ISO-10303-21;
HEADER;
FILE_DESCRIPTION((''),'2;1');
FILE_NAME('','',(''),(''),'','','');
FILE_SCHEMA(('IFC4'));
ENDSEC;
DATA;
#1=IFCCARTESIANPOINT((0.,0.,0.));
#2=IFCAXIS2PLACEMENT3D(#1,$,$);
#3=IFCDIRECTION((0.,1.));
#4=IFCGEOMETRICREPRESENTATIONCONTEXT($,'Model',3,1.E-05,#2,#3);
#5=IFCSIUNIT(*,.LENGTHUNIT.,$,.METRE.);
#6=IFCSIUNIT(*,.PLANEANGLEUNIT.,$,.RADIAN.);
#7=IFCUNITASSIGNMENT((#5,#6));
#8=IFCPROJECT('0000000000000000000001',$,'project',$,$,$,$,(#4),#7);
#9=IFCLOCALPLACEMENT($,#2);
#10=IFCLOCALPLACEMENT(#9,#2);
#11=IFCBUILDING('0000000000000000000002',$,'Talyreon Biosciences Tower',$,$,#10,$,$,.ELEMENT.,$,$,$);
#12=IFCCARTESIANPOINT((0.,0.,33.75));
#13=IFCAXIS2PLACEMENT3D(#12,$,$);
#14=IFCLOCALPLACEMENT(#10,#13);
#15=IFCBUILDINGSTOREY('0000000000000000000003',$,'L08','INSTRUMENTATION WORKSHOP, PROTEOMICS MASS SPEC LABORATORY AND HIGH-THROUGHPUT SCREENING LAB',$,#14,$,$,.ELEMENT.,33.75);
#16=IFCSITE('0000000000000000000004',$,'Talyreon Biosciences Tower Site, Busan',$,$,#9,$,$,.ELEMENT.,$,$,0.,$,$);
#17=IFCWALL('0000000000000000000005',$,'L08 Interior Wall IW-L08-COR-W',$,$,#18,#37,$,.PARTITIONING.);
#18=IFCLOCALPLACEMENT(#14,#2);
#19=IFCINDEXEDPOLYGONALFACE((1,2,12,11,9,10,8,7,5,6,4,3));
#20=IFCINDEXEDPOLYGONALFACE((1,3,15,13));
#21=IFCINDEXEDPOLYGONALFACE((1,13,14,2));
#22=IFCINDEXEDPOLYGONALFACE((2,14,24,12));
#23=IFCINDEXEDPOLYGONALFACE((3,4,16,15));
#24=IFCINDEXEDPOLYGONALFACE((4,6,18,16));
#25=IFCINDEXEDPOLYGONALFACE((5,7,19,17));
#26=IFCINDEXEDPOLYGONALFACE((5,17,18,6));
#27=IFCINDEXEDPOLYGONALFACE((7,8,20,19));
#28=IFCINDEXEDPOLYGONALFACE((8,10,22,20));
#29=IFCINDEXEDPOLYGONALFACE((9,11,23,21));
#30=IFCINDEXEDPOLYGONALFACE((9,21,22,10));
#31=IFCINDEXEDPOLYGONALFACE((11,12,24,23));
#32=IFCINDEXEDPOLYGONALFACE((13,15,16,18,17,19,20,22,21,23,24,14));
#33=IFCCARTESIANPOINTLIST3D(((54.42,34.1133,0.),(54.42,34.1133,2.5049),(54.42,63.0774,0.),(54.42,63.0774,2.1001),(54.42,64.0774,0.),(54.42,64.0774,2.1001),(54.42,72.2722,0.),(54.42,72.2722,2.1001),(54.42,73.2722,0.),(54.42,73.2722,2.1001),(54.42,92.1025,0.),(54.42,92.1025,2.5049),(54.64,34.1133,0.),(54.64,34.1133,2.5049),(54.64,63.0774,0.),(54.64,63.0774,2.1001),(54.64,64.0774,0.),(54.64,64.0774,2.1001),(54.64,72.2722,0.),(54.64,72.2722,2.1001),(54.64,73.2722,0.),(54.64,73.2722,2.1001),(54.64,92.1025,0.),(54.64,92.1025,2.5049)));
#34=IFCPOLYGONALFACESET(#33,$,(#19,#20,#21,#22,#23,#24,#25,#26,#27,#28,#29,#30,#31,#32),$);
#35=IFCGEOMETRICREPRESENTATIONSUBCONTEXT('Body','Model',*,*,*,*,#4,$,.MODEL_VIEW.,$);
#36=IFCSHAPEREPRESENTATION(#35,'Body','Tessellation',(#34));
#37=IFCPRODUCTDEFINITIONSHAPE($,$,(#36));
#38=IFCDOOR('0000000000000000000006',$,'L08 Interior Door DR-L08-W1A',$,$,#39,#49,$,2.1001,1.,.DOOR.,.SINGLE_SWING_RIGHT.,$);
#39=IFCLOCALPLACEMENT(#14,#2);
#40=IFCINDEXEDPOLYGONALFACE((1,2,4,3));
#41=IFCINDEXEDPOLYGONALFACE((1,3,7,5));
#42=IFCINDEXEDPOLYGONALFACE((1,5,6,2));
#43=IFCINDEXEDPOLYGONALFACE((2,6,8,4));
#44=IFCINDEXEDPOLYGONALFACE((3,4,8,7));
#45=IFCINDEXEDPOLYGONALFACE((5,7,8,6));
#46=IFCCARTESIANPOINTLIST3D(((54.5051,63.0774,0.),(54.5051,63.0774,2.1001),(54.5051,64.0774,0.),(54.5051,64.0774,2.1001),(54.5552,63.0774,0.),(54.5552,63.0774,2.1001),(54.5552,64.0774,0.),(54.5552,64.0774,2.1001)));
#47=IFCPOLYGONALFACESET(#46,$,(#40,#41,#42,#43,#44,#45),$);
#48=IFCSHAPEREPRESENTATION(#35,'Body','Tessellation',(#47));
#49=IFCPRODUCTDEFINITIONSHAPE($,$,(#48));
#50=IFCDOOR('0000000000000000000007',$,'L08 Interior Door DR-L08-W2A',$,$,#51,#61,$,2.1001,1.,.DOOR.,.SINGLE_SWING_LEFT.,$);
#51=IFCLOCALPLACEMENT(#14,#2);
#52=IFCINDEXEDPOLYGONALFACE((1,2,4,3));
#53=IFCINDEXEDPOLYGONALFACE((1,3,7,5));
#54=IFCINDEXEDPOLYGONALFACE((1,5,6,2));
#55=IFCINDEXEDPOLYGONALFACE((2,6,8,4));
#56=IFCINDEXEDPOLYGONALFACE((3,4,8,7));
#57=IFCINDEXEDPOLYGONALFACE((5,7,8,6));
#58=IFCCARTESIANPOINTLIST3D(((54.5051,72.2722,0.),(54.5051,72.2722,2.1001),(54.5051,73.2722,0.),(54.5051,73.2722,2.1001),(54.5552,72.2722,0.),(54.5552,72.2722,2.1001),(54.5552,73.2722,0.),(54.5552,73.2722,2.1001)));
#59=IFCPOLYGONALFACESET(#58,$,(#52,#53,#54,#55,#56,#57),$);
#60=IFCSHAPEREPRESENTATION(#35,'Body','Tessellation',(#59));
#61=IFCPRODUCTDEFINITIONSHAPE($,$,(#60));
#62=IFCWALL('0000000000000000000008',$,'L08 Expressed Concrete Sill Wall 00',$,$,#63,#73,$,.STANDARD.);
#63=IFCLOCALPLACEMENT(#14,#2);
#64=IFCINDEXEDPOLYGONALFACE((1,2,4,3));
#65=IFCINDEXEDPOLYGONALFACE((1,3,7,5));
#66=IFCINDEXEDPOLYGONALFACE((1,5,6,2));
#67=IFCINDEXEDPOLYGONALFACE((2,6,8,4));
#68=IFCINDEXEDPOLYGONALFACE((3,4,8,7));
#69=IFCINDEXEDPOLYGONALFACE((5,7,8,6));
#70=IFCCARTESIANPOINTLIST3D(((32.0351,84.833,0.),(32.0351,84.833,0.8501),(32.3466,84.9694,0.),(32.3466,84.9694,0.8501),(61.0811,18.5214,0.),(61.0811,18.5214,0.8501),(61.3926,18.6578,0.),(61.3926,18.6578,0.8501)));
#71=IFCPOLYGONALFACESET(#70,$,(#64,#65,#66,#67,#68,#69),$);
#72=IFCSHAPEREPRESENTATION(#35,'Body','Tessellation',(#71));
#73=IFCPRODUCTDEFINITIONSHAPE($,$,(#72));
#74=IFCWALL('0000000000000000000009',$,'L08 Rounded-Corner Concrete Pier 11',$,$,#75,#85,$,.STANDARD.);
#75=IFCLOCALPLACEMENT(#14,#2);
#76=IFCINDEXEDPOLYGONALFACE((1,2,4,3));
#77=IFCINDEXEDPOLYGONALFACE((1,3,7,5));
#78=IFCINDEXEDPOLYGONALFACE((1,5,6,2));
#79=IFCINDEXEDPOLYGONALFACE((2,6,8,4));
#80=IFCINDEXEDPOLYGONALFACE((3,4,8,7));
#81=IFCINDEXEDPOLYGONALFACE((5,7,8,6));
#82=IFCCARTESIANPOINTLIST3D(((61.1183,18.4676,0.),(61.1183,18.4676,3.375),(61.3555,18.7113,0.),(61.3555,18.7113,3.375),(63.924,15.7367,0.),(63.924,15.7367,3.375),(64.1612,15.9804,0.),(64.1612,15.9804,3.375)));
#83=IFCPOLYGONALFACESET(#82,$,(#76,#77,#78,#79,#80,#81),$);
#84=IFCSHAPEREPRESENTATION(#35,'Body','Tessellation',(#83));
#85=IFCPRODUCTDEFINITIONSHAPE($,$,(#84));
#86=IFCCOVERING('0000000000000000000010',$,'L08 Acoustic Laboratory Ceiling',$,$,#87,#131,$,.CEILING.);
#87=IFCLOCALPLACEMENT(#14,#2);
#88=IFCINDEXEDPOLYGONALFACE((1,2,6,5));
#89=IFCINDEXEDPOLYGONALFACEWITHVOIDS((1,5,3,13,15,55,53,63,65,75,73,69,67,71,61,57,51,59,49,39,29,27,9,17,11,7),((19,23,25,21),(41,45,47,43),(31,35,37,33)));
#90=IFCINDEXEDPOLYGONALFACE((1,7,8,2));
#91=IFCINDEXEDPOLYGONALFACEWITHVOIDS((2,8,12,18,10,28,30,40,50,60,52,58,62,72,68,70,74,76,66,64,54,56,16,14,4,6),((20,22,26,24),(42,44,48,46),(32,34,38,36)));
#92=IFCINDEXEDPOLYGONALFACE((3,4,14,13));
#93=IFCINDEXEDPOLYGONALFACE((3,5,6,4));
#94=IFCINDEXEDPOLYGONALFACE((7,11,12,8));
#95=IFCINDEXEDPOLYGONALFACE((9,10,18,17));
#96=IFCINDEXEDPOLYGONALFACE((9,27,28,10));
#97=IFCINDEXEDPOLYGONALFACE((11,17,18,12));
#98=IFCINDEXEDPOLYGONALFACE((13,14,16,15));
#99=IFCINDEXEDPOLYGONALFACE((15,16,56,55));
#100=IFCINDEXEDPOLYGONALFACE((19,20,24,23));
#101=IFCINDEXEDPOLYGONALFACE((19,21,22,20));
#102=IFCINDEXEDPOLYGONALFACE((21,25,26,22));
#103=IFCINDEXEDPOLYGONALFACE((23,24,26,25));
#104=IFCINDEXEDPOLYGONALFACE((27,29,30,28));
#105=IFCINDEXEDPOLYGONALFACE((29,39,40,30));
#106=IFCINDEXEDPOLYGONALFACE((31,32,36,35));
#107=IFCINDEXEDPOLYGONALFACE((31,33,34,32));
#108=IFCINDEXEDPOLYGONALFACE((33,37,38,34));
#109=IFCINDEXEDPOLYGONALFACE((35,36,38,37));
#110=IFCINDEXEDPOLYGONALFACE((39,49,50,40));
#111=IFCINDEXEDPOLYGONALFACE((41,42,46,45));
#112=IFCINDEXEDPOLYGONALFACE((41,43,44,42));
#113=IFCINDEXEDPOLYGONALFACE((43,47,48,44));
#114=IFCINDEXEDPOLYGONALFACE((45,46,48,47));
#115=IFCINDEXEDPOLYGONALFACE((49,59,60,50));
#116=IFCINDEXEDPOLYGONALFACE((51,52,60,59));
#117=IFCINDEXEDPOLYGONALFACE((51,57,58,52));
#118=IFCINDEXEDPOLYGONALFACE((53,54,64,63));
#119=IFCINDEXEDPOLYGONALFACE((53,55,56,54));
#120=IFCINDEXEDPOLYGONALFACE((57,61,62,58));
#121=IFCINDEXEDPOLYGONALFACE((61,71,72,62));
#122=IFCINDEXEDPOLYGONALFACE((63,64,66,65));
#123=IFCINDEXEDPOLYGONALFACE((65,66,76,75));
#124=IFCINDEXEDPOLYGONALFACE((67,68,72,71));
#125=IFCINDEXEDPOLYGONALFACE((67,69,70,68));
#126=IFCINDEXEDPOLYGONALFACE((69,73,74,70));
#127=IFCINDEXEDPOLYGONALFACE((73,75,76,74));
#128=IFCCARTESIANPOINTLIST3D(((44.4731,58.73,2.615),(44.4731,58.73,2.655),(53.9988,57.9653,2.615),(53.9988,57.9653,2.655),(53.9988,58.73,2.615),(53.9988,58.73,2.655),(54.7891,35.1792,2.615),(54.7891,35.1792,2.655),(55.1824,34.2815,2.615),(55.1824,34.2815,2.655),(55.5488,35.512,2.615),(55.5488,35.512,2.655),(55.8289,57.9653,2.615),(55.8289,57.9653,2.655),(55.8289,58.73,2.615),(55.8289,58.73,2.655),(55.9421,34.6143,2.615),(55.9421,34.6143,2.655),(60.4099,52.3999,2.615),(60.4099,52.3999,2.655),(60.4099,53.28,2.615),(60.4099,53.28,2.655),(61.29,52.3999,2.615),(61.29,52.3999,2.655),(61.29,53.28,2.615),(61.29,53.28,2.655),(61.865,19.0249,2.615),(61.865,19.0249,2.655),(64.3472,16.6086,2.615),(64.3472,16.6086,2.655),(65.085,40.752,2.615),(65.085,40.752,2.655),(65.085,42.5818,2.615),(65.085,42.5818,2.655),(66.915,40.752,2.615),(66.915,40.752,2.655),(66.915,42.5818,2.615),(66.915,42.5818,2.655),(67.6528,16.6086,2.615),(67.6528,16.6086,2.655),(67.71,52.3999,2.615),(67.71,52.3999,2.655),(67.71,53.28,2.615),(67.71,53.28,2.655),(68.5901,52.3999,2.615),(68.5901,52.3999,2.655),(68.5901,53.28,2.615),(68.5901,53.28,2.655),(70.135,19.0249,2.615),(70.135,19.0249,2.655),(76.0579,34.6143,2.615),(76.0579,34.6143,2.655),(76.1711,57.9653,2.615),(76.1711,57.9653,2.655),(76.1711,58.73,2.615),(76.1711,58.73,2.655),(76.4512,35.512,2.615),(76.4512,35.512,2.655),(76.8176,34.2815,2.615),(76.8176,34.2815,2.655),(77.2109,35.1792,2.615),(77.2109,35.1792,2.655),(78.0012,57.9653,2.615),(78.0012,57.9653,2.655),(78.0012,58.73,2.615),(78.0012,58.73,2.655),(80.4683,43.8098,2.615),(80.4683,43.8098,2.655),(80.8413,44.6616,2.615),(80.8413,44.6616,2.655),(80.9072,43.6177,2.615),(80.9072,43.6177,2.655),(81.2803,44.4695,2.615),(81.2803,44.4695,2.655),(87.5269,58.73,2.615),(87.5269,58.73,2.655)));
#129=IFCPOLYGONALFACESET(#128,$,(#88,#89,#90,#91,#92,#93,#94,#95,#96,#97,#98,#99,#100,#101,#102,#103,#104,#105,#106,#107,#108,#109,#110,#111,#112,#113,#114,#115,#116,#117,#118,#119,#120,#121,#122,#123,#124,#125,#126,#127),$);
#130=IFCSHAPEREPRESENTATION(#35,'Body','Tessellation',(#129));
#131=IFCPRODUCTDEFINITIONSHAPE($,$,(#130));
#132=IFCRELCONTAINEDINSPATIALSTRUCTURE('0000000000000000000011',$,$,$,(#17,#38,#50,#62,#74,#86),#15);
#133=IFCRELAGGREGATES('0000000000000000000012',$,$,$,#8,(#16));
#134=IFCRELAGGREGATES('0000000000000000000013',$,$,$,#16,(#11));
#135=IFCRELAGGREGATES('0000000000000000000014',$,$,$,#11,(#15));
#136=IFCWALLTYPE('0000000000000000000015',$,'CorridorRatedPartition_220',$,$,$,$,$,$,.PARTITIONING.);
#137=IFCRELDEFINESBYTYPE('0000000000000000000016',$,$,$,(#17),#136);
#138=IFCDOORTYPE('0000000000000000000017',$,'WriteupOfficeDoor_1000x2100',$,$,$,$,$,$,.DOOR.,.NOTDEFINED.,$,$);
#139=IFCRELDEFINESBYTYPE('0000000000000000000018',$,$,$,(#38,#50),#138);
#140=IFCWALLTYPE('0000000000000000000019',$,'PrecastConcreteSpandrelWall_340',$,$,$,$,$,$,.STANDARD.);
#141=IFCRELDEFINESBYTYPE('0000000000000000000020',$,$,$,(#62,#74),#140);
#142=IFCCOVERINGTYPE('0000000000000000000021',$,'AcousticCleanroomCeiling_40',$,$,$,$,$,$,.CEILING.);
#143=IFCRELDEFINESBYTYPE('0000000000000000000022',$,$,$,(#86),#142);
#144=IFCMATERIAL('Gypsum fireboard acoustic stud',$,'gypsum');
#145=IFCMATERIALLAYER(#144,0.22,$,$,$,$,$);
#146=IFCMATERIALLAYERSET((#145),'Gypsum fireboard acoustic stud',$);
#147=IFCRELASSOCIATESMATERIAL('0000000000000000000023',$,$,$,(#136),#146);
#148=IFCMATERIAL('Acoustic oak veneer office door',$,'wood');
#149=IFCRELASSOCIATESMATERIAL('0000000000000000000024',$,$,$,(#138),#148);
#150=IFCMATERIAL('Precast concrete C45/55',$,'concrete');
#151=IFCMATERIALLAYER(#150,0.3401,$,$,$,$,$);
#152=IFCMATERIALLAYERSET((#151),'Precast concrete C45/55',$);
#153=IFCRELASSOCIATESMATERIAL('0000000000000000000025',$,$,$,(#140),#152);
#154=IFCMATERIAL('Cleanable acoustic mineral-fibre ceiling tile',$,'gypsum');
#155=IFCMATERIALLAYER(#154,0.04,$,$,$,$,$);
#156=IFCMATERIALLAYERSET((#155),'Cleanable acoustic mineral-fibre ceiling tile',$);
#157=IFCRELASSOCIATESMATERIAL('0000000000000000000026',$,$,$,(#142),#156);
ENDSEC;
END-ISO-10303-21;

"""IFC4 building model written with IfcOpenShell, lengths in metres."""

from ifc_helpers import new_model, si_unit, direction, frame, frame_2d, origin, place, context, subcontext, project, spatial, polyline, rectangle, outline, extrude, material, layer, layer_set, type_object, element, fill, save


model = new_model("IFC4")

# Units and contexts
model_context = context("Model", 3, precision=1e-05, world=origin(), true_north=direction((0.0, 1.0)))
body_context = subcontext(model_context, "Body", "Model", "MODEL_VIEW")
ifc_project = project(units=[si_unit("LENGTHUNIT", "METRE"), si_unit("PLANEANGLEUNIT", "RADIAN")], contexts=[model_context])

# Site, building, storey
site_placement = place(None, origin())
site = spatial("IfcSite", under=ifc_project, at=site_placement, Name="Talyreon Biosciences Tower Site, Busan", CompositionType="ELEMENT", RefElevation=0.0)
building_placement = place(site_placement, origin())
building = spatial("IfcBuilding", under=site, at=building_placement, Name="Talyreon Biosciences Tower", CompositionType="ELEMENT")
storey_placement = place(building_placement, frame((0.0, 0.0, 33.75)))
storey = spatial("IfcBuildingStorey", under=building, at=storey_placement, Name="L08", Description="INSTRUMENTATION WORKSHOP, PROTEOMICS MASS SPEC LABORATORY AND HIGH-THROUGHPUT SCREENING LAB", CompositionType="ELEMENT", Elevation=33.75)

# Shared definitions
ifc_material_1 = material(Name="Precast concrete C45/55", Category="concrete")

# Wall, openings, doors
ifc_material_2 = material(Name="Gypsum fireboard acoustic stud", Category="gypsum")
ifc_layer_1 = layer(ifc_material_2, 0.22)
ifc_layer_set_1 = layer_set([ifc_layer_1], Name="Gypsum fireboard acoustic stud")
wall_type_1 = type_object("IfcWallType", Name="CorridorRatedPartition_220", PredefinedType="PARTITIONING", material=ifc_layer_set_1)
wall_1_placement = place(storey_placement, frame((54.53, 34.1133, 0.0), z_axis=(0.0, 0.0, 1.0), x_axis=(0.0, 1.0, 0.0)))
wall_1 = element("IfcWall", 1, at=wall_1_placement, inside=storey, type_object=wall_type_1, Name="L08 Interior Wall IW-L08-COR-W", PredefinedType="PARTITIONING", context=body_context, shape_type="SweptSolid", body=[
    extrude(rectangle(XDim=57.9893, YDim=0.22, at=frame_2d((28.9946, 0.0))), origin(), (0.0, 0.0, 1.0), 2.5049),
])
opening_1_placement = place(wall_1_placement, frame((28.9641, 0.0, 0.0)))
opening_1 = element("IfcOpeningElement", 2, at=opening_1_placement, cuts=wall_1, PredefinedType="OPENING", context=body_context, shape_type="SweptSolid", body=[
    extrude(rectangle(XDim=1.0, YDim=2.1001, at=frame_2d((0.5, 1.05))), frame((0.0, 0.1199, 0.0), z_axis=(0.0, -1.0, 0.0), x_axis=(1.0, 0.0, 0.0)), (0.0, 0.0, 1.0), 0.24),
])
opening_2_placement = place(wall_1_placement, frame((38.1589, 0.0, 0.0)))
opening_2 = element("IfcOpeningElement", 3, at=opening_2_placement, cuts=wall_1, PredefinedType="OPENING", context=body_context, shape_type="SweptSolid", body=[
    extrude(rectangle(XDim=1.0, YDim=2.1001, at=frame_2d((0.5, 1.05))), frame((0.0, 0.1199, 0.0), z_axis=(0.0, -1.0, 0.0), x_axis=(1.0, 0.0, 0.0)), (0.0, 0.0, 1.0), 0.24),
])
ifc_material_3 = material(Name="Acoustic oak veneer office door", Category="wood")
door_type = type_object("IfcDoorType", Name="WriteupOfficeDoor_1000x2100", OperationType="NOTDEFINED", PredefinedType="DOOR", material=ifc_material_3)
door_1_placement = place(opening_1_placement, origin())
door_1 = element("IfcDoor", 4, at=door_1_placement, inside=storey, type_object=door_type, Name="L08 Interior Door DR-L08-W1A", OperationType="SINGLE_SWING_RIGHT", OverallHeight=2.1001, OverallWidth=1.0, PredefinedType="DOOR", context=body_context, shape_type="SweptSolid", body=[
    extrude(rectangle(XDim=1.0, YDim=2.1001, at=frame_2d((0.5, 1.05))), frame((0.0, 0.0249, 0.0), z_axis=(0.0, -1.0, 0.0), x_axis=(1.0, 0.0, 0.0)), (0.0, 0.0, 1.0), 0.05),
])
fill(opening_1, door_1)
door_2_placement = place(opening_2_placement, origin())
door_2 = element("IfcDoor", 5, at=door_2_placement, inside=storey, type_object=door_type, Name="L08 Interior Door DR-L08-W2A", OperationType="SINGLE_SWING_LEFT", OverallHeight=2.1001, OverallWidth=1.0, PredefinedType="DOOR", context=body_context, shape_type="SweptSolid", body=[
    extrude(rectangle(XDim=1.0, YDim=2.1001, at=frame_2d((0.5, 1.05))), frame((0.0, 0.0249, 0.0), z_axis=(0.0, -1.0, 0.0), x_axis=(1.0, 0.0, 0.0)), (0.0, 0.0, 1.0), 0.05),
])
fill(opening_2, door_2)

# Walls
ifc_layer_2 = layer(ifc_material_1, 0.3401)
ifc_layer_set_2 = layer_set([ifc_layer_2], Name="Precast concrete C45/55")
wall_type_2 = type_object("IfcWallType", Name="PrecastConcreteSpandrelWall_340", PredefinedType="STANDARD", material=ifc_layer_set_2)
wall_2_placement = place(storey_placement, frame((61.2368, 18.5896, 0.0), z_axis=(0.0, 0.0, 1.0), x_axis=(-0.40122, 0.915982, 0.0)))
element("IfcWall", 6, at=wall_2_placement, inside=storey, type_object=wall_type_2, Name="L08 Expressed Concrete Sill Wall 00", PredefinedType="STANDARD", context=body_context, shape_type="SweptSolid", body=[
    extrude(rectangle(XDim=72.394, YDim=0.3401, at=frame_2d((36.197, 0.0))), origin(), (0.0, 0.0, 1.0), 0.8501),
])
wall_3_placement = place(storey_placement, frame((64.0425, 15.8586, 0.0), z_axis=(0.0, 0.0, 1.0), x_axis=(-0.716583, 0.697502, 0.0)))
element("IfcWall", 7, at=wall_3_placement, inside=storey, type_object=wall_type_2, Name="L08 Rounded-Corner Concrete Pier 11", PredefinedType="STANDARD", context=body_context, shape_type="SweptSolid", body=[
    extrude(rectangle(XDim=3.9153, YDim=0.3401, at=frame_2d((1.9575, 0.0))), origin(), (0.0, 0.0, 1.0), 3.375),
])

# Covering
ifc_material_4 = material(Name="Cleanable acoustic mineral-fibre ceiling tile", Category="gypsum")
ifc_layer_3 = layer(ifc_material_4, 0.04)
ifc_layer_set_3 = layer_set([ifc_layer_3], Name="Cleanable acoustic mineral-fibre ceiling tile")
covering_type_1 = type_object("IfcCoveringType", Name="AcousticCleanroomCeiling_40", PredefinedType="CEILING", material=ifc_layer_set_3)
covering_1_placement = place(storey_placement, frame((0.0, 0.0, 2.615)))
element("IfcCovering", 8, at=covering_1_placement, inside=storey, type_object=covering_type_1, Name="L08 Acoustic Laboratory Ceiling", PredefinedType="CEILING", context=body_context, shape_type="SweptSolid", body=[
    extrude(outline(polyline([(53.9988, 58.73), (53.9988, 57.9653), (55.8289, 57.9653), (55.8289, 58.73), (76.1711, 58.73), (76.1711, 57.9653), (78.0012, 57.9653), (78.0012, 58.73), (87.5269, 58.73), (81.2803, 44.4695), (80.8413, 44.6616), (80.4683, 43.8098), (80.9072, 43.6177), (77.2109, 35.1792), (76.4512, 35.512), (76.0579, 34.6143), (76.8176, 34.2815), (70.135, 19.0249), (67.6528, 16.6086), (64.3472, 16.6086), (61.865, 19.0249), (55.1824, 34.2815), (55.9421, 34.6143), (55.5488, 35.512), (54.7891, 35.1792), (44.4731, 58.73), (53.9988, 58.73)]), holes=[polyline([(66.915, 40.752), (66.915, 42.5818), (65.085, 42.5818), (65.085, 40.752), (66.915, 40.752)]), polyline([(61.29, 52.3999), (61.29, 53.28), (60.4099, 53.28), (60.4099, 52.3999), (61.29, 52.3999)]), polyline([(67.71, 52.3999), (68.5901, 52.3999), (68.5901, 53.28), (67.71, 53.28), (67.71, 52.3999)])]), origin(), (0.0, 0.0, 1.0), 0.04),
])

save(model, "model.ifc")
